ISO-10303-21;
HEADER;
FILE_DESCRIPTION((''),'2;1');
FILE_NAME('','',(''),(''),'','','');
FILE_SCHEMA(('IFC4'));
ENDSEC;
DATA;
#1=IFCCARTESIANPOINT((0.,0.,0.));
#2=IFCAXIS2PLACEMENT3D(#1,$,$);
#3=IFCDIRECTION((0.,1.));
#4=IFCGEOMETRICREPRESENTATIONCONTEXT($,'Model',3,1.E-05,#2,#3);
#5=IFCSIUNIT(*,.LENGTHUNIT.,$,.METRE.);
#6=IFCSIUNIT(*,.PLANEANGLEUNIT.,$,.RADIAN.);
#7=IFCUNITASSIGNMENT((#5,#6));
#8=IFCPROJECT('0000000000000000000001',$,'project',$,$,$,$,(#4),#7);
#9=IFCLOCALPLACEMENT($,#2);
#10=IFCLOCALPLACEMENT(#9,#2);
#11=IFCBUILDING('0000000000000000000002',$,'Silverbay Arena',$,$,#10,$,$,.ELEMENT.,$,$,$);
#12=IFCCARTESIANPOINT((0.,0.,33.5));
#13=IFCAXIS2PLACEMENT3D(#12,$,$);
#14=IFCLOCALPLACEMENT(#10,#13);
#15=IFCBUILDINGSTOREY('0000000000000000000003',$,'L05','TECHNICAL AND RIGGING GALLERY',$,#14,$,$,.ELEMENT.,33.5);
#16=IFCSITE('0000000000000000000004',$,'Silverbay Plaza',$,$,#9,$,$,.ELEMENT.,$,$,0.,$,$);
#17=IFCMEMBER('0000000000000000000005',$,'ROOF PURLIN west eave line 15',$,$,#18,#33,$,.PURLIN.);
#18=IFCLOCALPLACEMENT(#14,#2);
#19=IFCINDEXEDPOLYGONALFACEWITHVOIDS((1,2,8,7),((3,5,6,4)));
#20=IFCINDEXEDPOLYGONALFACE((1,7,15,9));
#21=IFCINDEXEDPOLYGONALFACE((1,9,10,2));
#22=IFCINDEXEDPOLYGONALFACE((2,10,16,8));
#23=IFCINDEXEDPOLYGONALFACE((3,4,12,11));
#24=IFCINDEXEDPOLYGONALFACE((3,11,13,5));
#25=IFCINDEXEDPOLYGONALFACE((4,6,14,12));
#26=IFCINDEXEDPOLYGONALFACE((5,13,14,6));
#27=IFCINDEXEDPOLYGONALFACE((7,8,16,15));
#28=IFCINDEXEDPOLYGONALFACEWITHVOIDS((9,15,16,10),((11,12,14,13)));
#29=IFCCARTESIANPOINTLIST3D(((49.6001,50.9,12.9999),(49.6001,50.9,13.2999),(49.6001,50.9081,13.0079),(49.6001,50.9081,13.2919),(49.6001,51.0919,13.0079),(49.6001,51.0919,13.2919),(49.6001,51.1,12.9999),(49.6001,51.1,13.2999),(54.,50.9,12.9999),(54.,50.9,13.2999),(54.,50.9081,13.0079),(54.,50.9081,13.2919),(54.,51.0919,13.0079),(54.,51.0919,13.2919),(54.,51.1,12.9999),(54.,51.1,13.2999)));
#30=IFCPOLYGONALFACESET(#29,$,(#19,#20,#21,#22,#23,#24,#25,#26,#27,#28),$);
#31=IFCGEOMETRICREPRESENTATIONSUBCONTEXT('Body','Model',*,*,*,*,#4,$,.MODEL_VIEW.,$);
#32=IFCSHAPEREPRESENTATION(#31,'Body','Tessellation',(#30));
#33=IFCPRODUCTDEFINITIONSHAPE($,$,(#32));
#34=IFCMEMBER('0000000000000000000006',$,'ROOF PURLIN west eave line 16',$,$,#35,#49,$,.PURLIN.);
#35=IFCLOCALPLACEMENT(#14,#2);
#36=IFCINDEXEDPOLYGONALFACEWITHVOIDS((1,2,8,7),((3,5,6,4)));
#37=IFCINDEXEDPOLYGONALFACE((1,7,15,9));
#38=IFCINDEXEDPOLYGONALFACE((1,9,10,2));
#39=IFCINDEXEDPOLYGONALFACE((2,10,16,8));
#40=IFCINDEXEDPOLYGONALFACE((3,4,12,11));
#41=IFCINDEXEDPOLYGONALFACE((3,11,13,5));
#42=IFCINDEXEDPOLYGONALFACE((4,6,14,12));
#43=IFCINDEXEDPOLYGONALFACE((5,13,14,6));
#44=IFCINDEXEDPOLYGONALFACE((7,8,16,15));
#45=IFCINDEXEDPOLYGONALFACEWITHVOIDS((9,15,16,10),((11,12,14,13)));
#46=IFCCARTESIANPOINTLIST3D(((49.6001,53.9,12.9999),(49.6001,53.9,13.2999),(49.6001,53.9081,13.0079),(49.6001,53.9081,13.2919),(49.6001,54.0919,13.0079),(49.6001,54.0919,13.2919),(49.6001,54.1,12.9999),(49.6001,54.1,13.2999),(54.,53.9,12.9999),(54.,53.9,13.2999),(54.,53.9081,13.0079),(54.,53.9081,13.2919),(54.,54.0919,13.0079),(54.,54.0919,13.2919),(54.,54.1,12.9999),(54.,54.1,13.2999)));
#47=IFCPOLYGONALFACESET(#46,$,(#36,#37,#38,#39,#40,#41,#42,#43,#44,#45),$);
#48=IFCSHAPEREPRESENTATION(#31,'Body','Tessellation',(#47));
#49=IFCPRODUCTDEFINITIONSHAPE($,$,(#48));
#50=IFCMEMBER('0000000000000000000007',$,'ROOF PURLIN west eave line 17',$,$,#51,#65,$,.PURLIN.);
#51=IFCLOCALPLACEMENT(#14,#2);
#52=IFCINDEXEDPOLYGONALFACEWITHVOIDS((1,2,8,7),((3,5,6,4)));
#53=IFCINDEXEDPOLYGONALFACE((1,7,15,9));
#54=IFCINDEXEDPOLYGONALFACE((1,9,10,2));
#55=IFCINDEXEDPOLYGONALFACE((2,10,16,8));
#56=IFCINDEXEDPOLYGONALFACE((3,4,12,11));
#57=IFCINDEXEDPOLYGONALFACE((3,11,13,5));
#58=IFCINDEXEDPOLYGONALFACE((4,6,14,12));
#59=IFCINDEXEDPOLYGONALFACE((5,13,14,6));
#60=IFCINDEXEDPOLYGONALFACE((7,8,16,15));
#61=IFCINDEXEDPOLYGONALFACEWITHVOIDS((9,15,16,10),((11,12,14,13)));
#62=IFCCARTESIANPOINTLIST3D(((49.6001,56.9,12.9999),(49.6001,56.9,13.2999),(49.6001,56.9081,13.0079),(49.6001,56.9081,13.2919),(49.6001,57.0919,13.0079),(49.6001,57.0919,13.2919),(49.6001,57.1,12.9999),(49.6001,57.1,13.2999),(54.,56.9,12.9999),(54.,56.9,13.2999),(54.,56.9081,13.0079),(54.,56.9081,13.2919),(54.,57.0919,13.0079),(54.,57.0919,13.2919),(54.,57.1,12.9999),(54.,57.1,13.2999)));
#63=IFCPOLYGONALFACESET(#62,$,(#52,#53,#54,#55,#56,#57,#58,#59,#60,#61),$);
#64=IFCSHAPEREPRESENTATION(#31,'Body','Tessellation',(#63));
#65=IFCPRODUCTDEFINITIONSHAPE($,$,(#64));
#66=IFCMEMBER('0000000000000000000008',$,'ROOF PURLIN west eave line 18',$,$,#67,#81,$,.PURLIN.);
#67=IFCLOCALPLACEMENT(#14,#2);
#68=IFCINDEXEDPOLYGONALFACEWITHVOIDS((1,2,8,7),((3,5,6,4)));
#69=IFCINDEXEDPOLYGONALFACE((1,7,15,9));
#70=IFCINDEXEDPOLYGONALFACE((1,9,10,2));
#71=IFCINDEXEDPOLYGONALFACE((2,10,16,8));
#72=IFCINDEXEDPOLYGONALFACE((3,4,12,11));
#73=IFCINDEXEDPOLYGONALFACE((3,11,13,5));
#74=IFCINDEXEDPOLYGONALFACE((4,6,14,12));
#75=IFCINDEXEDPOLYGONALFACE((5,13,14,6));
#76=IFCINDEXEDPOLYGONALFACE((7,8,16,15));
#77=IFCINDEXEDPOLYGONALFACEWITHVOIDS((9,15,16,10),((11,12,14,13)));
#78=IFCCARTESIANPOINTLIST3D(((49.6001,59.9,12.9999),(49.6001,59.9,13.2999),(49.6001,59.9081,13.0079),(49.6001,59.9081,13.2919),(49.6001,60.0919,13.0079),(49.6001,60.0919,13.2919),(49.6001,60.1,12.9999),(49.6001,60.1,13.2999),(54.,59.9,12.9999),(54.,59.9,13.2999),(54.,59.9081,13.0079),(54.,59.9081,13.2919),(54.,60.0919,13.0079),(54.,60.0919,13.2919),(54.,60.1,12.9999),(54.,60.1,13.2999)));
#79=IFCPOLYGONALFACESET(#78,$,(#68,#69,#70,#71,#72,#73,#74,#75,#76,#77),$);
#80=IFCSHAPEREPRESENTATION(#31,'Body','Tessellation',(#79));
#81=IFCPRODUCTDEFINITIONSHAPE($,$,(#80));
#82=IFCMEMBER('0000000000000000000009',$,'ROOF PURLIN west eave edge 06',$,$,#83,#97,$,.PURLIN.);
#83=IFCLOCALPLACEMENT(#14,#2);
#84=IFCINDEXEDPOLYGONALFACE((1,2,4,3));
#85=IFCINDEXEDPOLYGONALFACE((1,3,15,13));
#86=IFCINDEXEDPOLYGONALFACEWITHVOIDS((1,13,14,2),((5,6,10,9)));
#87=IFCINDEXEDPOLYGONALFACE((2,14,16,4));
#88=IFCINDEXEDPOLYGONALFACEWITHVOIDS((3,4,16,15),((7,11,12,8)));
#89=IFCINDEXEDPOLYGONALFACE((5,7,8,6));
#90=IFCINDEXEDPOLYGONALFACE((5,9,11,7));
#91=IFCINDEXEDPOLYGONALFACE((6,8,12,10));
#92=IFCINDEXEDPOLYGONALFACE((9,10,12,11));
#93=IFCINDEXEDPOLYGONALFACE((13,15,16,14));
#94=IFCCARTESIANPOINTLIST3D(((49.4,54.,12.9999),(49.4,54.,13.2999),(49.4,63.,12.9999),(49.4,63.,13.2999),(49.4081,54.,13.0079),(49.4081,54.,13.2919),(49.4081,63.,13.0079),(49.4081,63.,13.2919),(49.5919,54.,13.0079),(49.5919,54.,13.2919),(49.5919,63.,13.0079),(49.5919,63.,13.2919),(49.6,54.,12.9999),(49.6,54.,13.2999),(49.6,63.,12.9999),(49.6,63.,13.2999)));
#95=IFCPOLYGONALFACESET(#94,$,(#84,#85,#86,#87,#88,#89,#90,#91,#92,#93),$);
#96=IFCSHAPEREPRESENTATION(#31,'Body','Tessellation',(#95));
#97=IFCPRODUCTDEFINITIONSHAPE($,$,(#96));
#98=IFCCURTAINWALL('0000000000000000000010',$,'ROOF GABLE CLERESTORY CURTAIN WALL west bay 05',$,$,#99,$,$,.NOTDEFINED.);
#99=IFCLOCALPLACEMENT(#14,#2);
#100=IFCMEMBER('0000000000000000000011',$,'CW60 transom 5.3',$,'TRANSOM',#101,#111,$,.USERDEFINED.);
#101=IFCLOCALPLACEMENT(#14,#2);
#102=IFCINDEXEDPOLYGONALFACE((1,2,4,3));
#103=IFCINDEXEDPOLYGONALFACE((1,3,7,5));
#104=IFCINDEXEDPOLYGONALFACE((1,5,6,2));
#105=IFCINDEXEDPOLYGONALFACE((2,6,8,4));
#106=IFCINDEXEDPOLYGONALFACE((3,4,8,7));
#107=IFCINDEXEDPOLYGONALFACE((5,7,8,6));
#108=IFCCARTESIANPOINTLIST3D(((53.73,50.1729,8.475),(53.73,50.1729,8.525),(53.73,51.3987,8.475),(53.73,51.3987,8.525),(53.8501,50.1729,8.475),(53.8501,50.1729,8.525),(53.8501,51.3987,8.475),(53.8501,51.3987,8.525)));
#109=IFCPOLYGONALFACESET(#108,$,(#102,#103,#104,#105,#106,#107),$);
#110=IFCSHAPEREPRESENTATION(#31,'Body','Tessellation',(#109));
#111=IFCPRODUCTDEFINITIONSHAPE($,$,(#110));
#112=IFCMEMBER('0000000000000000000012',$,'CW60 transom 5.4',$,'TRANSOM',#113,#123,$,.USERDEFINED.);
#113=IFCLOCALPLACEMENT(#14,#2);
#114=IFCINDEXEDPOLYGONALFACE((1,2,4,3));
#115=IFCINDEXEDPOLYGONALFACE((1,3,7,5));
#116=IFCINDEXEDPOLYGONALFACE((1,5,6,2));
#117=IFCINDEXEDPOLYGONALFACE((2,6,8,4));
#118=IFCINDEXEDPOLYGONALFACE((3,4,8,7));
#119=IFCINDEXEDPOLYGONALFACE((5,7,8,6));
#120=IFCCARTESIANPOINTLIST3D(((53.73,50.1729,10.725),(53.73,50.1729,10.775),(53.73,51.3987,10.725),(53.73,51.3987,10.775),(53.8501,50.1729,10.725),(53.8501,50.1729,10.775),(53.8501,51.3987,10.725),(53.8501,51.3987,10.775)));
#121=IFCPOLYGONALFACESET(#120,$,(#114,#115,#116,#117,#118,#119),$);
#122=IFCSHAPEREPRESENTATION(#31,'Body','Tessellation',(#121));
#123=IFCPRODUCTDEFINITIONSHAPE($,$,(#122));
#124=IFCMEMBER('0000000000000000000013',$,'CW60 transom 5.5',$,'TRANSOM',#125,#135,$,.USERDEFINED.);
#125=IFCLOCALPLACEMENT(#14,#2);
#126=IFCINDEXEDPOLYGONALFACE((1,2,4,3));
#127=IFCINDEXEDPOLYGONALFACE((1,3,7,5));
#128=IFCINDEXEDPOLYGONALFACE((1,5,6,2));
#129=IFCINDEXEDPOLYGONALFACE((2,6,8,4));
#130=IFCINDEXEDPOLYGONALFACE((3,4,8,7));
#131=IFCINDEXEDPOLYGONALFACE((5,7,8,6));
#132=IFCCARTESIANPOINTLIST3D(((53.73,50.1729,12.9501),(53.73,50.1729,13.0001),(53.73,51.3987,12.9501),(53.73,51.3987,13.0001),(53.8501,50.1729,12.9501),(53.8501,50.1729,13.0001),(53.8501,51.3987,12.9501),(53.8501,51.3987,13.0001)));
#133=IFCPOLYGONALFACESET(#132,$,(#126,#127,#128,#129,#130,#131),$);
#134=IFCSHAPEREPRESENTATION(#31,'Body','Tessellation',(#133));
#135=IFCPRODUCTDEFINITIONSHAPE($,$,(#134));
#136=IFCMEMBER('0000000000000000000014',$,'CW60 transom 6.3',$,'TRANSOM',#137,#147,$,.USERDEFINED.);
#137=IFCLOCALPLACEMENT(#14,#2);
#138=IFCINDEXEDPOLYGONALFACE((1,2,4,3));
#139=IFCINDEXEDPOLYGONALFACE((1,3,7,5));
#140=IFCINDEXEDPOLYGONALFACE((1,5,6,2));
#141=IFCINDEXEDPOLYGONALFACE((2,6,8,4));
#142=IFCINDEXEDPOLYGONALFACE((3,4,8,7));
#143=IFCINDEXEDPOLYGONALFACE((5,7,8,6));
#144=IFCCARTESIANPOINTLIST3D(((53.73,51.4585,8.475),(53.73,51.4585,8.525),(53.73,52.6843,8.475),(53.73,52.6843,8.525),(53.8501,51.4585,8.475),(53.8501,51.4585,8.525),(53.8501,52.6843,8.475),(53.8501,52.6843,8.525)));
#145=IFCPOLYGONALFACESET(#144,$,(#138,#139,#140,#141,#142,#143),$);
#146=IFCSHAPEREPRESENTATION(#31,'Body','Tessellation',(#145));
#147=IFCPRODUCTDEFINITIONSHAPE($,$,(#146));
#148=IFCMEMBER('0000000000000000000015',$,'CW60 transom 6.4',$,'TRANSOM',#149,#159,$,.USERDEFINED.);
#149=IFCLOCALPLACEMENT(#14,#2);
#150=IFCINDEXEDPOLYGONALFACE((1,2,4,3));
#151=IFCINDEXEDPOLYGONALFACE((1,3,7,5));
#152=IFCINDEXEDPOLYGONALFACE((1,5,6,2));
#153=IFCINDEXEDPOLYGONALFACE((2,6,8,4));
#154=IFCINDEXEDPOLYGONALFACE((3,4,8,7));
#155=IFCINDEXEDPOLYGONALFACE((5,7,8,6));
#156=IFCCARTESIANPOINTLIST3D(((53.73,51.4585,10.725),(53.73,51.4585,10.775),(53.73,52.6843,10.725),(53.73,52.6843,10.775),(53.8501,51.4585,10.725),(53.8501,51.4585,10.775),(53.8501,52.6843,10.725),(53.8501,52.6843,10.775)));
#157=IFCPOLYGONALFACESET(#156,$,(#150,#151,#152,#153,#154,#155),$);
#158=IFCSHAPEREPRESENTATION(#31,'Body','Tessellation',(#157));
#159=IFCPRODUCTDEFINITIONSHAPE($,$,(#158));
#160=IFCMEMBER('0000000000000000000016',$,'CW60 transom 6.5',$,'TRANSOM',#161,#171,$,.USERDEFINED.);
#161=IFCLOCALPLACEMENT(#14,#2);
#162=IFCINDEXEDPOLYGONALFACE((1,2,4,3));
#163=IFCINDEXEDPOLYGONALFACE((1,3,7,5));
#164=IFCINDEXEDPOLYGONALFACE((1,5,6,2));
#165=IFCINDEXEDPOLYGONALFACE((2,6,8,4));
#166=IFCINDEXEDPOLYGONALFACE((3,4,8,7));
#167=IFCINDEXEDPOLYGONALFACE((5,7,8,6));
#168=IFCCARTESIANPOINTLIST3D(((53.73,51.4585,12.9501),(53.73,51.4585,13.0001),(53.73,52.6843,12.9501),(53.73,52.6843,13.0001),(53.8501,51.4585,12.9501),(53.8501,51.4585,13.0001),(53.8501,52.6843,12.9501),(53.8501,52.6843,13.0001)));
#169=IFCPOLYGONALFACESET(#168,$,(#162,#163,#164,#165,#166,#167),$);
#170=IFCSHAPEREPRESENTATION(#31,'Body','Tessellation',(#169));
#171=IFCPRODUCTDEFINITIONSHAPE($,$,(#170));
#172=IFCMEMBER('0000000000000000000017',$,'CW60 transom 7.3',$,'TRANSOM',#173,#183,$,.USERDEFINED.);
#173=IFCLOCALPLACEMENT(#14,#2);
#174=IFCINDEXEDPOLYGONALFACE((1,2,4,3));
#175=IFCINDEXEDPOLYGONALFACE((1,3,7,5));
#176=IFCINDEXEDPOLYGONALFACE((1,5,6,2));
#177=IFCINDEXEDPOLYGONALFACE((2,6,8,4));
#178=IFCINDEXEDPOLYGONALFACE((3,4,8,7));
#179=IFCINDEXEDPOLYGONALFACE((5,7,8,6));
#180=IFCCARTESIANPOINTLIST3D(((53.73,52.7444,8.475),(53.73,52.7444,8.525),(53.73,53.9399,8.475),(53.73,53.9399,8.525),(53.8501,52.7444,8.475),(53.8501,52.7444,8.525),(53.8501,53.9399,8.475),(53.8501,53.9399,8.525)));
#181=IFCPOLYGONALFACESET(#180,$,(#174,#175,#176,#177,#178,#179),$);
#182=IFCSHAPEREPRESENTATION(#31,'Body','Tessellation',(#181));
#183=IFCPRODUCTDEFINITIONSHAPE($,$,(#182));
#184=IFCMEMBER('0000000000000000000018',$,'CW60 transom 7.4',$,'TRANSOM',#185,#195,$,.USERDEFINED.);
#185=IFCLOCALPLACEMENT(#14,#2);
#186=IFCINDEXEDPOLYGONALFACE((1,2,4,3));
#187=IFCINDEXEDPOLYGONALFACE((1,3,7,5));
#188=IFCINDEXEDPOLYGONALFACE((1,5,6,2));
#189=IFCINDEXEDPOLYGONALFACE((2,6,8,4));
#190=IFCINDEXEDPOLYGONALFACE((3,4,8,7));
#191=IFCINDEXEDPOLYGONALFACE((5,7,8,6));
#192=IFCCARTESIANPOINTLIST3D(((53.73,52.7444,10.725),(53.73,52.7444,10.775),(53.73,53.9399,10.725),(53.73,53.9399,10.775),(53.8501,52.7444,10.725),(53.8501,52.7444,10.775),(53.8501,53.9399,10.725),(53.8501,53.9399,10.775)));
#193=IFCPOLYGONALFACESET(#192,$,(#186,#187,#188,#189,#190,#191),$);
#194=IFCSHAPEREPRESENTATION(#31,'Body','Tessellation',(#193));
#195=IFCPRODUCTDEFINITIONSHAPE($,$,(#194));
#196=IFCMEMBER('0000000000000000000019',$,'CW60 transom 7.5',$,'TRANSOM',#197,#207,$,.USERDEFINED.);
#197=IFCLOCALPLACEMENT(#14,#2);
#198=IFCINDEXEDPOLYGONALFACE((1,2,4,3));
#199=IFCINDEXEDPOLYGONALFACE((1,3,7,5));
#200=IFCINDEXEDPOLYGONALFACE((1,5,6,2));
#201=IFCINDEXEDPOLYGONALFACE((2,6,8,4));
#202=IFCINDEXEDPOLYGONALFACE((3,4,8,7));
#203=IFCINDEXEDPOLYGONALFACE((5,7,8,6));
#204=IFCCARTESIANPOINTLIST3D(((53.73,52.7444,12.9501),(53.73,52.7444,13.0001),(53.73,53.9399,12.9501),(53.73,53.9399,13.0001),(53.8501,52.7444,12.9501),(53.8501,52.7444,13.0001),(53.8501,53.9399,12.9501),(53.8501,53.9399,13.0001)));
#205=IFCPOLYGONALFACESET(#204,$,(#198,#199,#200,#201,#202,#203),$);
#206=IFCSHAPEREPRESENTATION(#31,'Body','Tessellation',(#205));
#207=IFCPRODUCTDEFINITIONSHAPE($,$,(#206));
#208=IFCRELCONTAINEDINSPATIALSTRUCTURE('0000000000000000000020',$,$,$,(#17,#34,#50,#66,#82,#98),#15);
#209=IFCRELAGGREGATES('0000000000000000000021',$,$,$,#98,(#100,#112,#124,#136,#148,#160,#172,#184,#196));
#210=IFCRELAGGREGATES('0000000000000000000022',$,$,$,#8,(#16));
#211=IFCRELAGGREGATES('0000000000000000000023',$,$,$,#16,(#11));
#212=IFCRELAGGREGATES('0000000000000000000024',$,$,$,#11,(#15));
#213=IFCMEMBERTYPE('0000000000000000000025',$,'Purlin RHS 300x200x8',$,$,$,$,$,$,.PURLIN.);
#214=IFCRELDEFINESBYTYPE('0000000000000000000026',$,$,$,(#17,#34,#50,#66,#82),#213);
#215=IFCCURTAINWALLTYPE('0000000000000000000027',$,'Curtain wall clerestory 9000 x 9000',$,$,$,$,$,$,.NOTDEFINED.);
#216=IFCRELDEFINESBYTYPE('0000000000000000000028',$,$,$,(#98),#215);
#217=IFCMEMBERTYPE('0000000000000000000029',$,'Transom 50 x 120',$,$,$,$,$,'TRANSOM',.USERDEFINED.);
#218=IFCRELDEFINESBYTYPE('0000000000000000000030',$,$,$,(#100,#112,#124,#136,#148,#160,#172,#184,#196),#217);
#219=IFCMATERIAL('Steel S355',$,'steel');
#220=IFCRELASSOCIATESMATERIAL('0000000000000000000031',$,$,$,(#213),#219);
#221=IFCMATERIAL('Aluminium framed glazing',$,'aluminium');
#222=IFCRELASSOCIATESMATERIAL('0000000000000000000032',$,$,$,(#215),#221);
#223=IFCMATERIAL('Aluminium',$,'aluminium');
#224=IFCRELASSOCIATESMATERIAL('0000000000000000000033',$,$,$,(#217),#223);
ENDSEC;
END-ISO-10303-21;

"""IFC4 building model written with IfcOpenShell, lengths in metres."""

from ifc_helpers import new_model, si_unit, direction, frame, origin, origin_2d, place, context, subcontext, project, spatial, rectangle, hollow_rectangle, extrude, material, material_profile, profile_set, type_object, element, aggregate, save


model = new_model("IFC4")

# Units and contexts
model_context = context("Model", 3, precision=1e-05, world=origin(), true_north=direction((0.0, 1.0)))
body_context = subcontext(model_context, "Body", "Model", "MODEL_VIEW")
ifc_project = project(units=[si_unit("LENGTHUNIT", "METRE"), si_unit("PLANEANGLEUNIT", "RADIAN")], contexts=[model_context])

# Site, building, storey
site_placement = place(None, origin())
site = spatial("IfcSite", under=ifc_project, at=site_placement, Name="Silverbay Plaza", CompositionType="ELEMENT", RefElevation=0.0)
building_placement = place(site_placement, origin())
building = spatial("IfcBuilding", under=site, at=building_placement, Name="Silverbay Arena", CompositionType="ELEMENT")
storey_placement = place(building_placement, frame((0.0, 0.0, 33.5)))
storey = spatial("IfcBuildingStorey", under=building, at=storey_placement, Name="L05", Description="TECHNICAL AND RIGGING GALLERY", CompositionType="ELEMENT", Elevation=33.5)

# Members
ifc_material_1 = material(Name="Steel S355", Category="steel")
ifc_material_profile_1 = material_profile(ifc_material_1, hollow_rectangle(XDim=0.2, YDim=0.3, WallThickness=0.0081, at=origin_2d()), Name="RHS 300x200x8")
ifc_profile_set_1 = profile_set([ifc_material_profile_1], Name="Steel S355")
member_type_1 = type_object("IfcMemberType", Name="Purlin RHS 300x200x8", PredefinedType="PURLIN", material=ifc_profile_set_1)
for number, where, z_axis, x_axis, name in (
    (1, (49.6001, 51.0, 13.1499), (1.0, 0.0, 0.0), (0.0, 1.0, 0.0), "ROOF PURLIN west eave line 15"),
    (2, (49.6001, 54.0, 13.1499), (1.0, 0.0, 0.0), (0.0, 1.0, 0.0), "ROOF PURLIN west eave line 16"),
    (3, (49.6001, 57.0, 13.1499), (1.0, 0.0, 0.0), (0.0, 1.0, 0.0), "ROOF PURLIN west eave line 17"),
    (4, (49.6001, 60.0, 13.1499), (1.0, 0.0, 0.0), (0.0, 1.0, 0.0), "ROOF PURLIN west eave line 18"),
):
    element("IfcMember", number, at=place(storey_placement, frame(where, z_axis=z_axis, x_axis=x_axis)), inside=storey, type_object=member_type_1, Name=name, PredefinedType="PURLIN", context=body_context, shape_type="SweptSolid", body=[
        extrude(hollow_rectangle(XDim=0.2, YDim=0.3, WallThickness=0.0081, at=origin_2d()), origin(), (0.0, 0.0, 1.0), 4.3999),
    ])
member_1_placement = place(storey_placement, frame((49.5, 54.0, 13.1499), z_axis=(0.0, 1.0, 0.0), x_axis=(-1.0, 0.0, 0.0)))
element("IfcMember", 5, at=member_1_placement, inside=storey, type_object=member_type_1, Name="ROOF PURLIN west eave edge 06", PredefinedType="PURLIN", context=body_context, shape_type="SweptSolid", body=[
    extrude(hollow_rectangle(XDim=0.2, YDim=0.3, WallThickness=0.0081, at=origin_2d()), origin(), (0.0, 0.0, 1.0), 9.0),
])

# Curtain wall, members
ifc_material_2 = material(Name="Aluminium framed glazing", Category="aluminium")
curtain_wall_type = type_object("IfcCurtainWallType", Name="Curtain wall clerestory 9000 x 9000", PredefinedType="NOTDEFINED", material=ifc_material_2)
curtain_wall_1_placement = place(storey_placement, origin())
curtain_wall_1 = element("IfcCurtainWall", 6, at=curtain_wall_1_placement, inside=storey, type_object=curtain_wall_type, Name="ROOF GABLE CLERESTORY CURTAIN WALL west bay 05", PredefinedType="NOTDEFINED")
ifc_material_3 = material(Name="Aluminium", Category="aluminium")
ifc_material_profile_2 = material_profile(ifc_material_3, rectangle(XDim=0.1201, YDim=0.05, at=origin_2d()), Name="Transom 50 x 120")
ifc_profile_set_2 = profile_set([ifc_material_profile_2], Name="Aluminium")
member_type_2 = type_object("IfcMemberType", Name="Transom 50 x 120", ElementType="TRANSOM", PredefinedType="USERDEFINED", material=ifc_profile_set_2)
member_2_placement = place(storey_placement, frame((53.79, 50.1729, 8.5), z_axis=(0.0, 1.0, 0.0), x_axis=(-1.0, 0.0, 0.0)))
member_2 = element("IfcMember", 7, at=member_2_placement, type_object=member_type_2, Name="CW60 transom 5.3", ObjectType="TRANSOM", PredefinedType="USERDEFINED", context=body_context, shape_type="SweptSolid", body=[
    extrude(rectangle(XDim=0.1201, YDim=0.05, at=origin_2d()), origin(), (0.0, 0.0, 1.0), 1.2258),
])
member_3_placement = place(storey_placement, frame((53.79, 50.1729, 10.75), z_axis=(0.0, 1.0, 0.0), x_axis=(-1.0, 0.0, 0.0)))
member_3 = element("IfcMember", 8, at=member_3_placement, type_object=member_type_2, Name="CW60 transom 5.4", ObjectType="TRANSOM", PredefinedType="USERDEFINED", context=body_context, shape_type="SweptSolid", body=[
    extrude(rectangle(XDim=0.1201, YDim=0.05, at=origin_2d()), origin(), (0.0, 0.0, 1.0), 1.2258),
])
member_4_placement = place(storey_placement, frame((53.79, 50.1729, 12.9751), z_axis=(0.0, 1.0, 0.0), x_axis=(-1.0, 0.0, 0.0)))
member_4 = element("IfcMember", 9, at=member_4_placement, type_object=member_type_2, Name="CW60 transom 5.5", ObjectType="TRANSOM", PredefinedType="USERDEFINED", context=body_context, shape_type="SweptSolid", body=[
    extrude(rectangle(XDim=0.1201, YDim=0.05, at=origin_2d()), origin(), (0.0, 0.0, 1.0), 1.2258),
])
member_5_placement = place(storey_placement, frame((53.79, 51.4585, 8.5), z_axis=(0.0, 1.0, 0.0), x_axis=(-1.0, 0.0, 0.0)))
member_5 = element("IfcMember", 10, at=member_5_placement, type_object=member_type_2, Name="CW60 transom 6.3", ObjectType="TRANSOM", PredefinedType="USERDEFINED", context=body_context, shape_type="SweptSolid", body=[
    extrude(rectangle(XDim=0.1201, YDim=0.05, at=origin_2d()), origin(), (0.0, 0.0, 1.0), 1.2258),
])
member_6_placement = place(storey_placement, frame((53.79, 51.4585, 10.75), z_axis=(0.0, 1.0, 0.0), x_axis=(-1.0, 0.0, 0.0)))
member_6 = element("IfcMember", 11, at=member_6_placement, type_object=member_type_2, Name="CW60 transom 6.4", ObjectType="TRANSOM", PredefinedType="USERDEFINED", context=body_context, shape_type="SweptSolid", body=[
    extrude(rectangle(XDim=0.1201, YDim=0.05, at=origin_2d()), origin(), (0.0, 0.0, 1.0), 1.2258),
])
member_7_placement = place(storey_placement, frame((53.79, 51.4585, 12.9751), z_axis=(0.0, 1.0, 0.0), x_axis=(-1.0, 0.0, 0.0)))
member_7 = element("IfcMember", 12, at=member_7_placement, type_object=member_type_2, Name="CW60 transom 6.5", ObjectType="TRANSOM", PredefinedType="USERDEFINED", context=body_context, shape_type="SweptSolid", body=[
    extrude(rectangle(XDim=0.1201, YDim=0.05, at=origin_2d()), origin(), (0.0, 0.0, 1.0), 1.2258),
])
member_8_placement = place(storey_placement, frame((53.79, 52.7444, 8.5), z_axis=(0.0, 1.0, 0.0), x_axis=(-1.0, 0.0, 0.0)))
member_8 = element("IfcMember", 13, at=member_8_placement, type_object=member_type_2, Name="CW60 transom 7.3", ObjectType="TRANSOM", PredefinedType="USERDEFINED", context=body_context, shape_type="SweptSolid", body=[
    extrude(rectangle(XDim=0.1201, YDim=0.05, at=origin_2d()), origin(), (0.0, 0.0, 1.0), 1.1956),
])
member_9_placement = place(storey_placement, frame((53.79, 52.7444, 10.75), z_axis=(0.0, 1.0, 0.0), x_axis=(-1.0, 0.0, 0.0)))
member_9 = element("IfcMember", 14, at=member_9_placement, type_object=member_type_2, Name="CW60 transom 7.4", ObjectType="TRANSOM", PredefinedType="USERDEFINED", context=body_context, shape_type="SweptSolid", body=[
    extrude(rectangle(XDim=0.1201, YDim=0.05, at=origin_2d()), origin(), (0.0, 0.0, 1.0), 1.1956),
])
member_10_placement = place(storey_placement, frame((53.79, 52.7444, 12.9751), z_axis=(0.0, 1.0, 0.0), x_axis=(-1.0, 0.0, 0.0)))
member_10 = element("IfcMember", 15, at=member_10_placement, type_object=member_type_2, Name="CW60 transom 7.5", ObjectType="TRANSOM", PredefinedType="USERDEFINED", context=body_context, shape_type="SweptSolid", body=[
    extrude(rectangle(XDim=0.1201, YDim=0.05, at=origin_2d()), origin(), (0.0, 0.0, 1.0), 1.1956),
])

aggregate(curtain_wall_1, [member_2, member_3, member_4, member_5, member_6, member_7, member_8, member_9, member_10])

save(model, "model.ifc")
